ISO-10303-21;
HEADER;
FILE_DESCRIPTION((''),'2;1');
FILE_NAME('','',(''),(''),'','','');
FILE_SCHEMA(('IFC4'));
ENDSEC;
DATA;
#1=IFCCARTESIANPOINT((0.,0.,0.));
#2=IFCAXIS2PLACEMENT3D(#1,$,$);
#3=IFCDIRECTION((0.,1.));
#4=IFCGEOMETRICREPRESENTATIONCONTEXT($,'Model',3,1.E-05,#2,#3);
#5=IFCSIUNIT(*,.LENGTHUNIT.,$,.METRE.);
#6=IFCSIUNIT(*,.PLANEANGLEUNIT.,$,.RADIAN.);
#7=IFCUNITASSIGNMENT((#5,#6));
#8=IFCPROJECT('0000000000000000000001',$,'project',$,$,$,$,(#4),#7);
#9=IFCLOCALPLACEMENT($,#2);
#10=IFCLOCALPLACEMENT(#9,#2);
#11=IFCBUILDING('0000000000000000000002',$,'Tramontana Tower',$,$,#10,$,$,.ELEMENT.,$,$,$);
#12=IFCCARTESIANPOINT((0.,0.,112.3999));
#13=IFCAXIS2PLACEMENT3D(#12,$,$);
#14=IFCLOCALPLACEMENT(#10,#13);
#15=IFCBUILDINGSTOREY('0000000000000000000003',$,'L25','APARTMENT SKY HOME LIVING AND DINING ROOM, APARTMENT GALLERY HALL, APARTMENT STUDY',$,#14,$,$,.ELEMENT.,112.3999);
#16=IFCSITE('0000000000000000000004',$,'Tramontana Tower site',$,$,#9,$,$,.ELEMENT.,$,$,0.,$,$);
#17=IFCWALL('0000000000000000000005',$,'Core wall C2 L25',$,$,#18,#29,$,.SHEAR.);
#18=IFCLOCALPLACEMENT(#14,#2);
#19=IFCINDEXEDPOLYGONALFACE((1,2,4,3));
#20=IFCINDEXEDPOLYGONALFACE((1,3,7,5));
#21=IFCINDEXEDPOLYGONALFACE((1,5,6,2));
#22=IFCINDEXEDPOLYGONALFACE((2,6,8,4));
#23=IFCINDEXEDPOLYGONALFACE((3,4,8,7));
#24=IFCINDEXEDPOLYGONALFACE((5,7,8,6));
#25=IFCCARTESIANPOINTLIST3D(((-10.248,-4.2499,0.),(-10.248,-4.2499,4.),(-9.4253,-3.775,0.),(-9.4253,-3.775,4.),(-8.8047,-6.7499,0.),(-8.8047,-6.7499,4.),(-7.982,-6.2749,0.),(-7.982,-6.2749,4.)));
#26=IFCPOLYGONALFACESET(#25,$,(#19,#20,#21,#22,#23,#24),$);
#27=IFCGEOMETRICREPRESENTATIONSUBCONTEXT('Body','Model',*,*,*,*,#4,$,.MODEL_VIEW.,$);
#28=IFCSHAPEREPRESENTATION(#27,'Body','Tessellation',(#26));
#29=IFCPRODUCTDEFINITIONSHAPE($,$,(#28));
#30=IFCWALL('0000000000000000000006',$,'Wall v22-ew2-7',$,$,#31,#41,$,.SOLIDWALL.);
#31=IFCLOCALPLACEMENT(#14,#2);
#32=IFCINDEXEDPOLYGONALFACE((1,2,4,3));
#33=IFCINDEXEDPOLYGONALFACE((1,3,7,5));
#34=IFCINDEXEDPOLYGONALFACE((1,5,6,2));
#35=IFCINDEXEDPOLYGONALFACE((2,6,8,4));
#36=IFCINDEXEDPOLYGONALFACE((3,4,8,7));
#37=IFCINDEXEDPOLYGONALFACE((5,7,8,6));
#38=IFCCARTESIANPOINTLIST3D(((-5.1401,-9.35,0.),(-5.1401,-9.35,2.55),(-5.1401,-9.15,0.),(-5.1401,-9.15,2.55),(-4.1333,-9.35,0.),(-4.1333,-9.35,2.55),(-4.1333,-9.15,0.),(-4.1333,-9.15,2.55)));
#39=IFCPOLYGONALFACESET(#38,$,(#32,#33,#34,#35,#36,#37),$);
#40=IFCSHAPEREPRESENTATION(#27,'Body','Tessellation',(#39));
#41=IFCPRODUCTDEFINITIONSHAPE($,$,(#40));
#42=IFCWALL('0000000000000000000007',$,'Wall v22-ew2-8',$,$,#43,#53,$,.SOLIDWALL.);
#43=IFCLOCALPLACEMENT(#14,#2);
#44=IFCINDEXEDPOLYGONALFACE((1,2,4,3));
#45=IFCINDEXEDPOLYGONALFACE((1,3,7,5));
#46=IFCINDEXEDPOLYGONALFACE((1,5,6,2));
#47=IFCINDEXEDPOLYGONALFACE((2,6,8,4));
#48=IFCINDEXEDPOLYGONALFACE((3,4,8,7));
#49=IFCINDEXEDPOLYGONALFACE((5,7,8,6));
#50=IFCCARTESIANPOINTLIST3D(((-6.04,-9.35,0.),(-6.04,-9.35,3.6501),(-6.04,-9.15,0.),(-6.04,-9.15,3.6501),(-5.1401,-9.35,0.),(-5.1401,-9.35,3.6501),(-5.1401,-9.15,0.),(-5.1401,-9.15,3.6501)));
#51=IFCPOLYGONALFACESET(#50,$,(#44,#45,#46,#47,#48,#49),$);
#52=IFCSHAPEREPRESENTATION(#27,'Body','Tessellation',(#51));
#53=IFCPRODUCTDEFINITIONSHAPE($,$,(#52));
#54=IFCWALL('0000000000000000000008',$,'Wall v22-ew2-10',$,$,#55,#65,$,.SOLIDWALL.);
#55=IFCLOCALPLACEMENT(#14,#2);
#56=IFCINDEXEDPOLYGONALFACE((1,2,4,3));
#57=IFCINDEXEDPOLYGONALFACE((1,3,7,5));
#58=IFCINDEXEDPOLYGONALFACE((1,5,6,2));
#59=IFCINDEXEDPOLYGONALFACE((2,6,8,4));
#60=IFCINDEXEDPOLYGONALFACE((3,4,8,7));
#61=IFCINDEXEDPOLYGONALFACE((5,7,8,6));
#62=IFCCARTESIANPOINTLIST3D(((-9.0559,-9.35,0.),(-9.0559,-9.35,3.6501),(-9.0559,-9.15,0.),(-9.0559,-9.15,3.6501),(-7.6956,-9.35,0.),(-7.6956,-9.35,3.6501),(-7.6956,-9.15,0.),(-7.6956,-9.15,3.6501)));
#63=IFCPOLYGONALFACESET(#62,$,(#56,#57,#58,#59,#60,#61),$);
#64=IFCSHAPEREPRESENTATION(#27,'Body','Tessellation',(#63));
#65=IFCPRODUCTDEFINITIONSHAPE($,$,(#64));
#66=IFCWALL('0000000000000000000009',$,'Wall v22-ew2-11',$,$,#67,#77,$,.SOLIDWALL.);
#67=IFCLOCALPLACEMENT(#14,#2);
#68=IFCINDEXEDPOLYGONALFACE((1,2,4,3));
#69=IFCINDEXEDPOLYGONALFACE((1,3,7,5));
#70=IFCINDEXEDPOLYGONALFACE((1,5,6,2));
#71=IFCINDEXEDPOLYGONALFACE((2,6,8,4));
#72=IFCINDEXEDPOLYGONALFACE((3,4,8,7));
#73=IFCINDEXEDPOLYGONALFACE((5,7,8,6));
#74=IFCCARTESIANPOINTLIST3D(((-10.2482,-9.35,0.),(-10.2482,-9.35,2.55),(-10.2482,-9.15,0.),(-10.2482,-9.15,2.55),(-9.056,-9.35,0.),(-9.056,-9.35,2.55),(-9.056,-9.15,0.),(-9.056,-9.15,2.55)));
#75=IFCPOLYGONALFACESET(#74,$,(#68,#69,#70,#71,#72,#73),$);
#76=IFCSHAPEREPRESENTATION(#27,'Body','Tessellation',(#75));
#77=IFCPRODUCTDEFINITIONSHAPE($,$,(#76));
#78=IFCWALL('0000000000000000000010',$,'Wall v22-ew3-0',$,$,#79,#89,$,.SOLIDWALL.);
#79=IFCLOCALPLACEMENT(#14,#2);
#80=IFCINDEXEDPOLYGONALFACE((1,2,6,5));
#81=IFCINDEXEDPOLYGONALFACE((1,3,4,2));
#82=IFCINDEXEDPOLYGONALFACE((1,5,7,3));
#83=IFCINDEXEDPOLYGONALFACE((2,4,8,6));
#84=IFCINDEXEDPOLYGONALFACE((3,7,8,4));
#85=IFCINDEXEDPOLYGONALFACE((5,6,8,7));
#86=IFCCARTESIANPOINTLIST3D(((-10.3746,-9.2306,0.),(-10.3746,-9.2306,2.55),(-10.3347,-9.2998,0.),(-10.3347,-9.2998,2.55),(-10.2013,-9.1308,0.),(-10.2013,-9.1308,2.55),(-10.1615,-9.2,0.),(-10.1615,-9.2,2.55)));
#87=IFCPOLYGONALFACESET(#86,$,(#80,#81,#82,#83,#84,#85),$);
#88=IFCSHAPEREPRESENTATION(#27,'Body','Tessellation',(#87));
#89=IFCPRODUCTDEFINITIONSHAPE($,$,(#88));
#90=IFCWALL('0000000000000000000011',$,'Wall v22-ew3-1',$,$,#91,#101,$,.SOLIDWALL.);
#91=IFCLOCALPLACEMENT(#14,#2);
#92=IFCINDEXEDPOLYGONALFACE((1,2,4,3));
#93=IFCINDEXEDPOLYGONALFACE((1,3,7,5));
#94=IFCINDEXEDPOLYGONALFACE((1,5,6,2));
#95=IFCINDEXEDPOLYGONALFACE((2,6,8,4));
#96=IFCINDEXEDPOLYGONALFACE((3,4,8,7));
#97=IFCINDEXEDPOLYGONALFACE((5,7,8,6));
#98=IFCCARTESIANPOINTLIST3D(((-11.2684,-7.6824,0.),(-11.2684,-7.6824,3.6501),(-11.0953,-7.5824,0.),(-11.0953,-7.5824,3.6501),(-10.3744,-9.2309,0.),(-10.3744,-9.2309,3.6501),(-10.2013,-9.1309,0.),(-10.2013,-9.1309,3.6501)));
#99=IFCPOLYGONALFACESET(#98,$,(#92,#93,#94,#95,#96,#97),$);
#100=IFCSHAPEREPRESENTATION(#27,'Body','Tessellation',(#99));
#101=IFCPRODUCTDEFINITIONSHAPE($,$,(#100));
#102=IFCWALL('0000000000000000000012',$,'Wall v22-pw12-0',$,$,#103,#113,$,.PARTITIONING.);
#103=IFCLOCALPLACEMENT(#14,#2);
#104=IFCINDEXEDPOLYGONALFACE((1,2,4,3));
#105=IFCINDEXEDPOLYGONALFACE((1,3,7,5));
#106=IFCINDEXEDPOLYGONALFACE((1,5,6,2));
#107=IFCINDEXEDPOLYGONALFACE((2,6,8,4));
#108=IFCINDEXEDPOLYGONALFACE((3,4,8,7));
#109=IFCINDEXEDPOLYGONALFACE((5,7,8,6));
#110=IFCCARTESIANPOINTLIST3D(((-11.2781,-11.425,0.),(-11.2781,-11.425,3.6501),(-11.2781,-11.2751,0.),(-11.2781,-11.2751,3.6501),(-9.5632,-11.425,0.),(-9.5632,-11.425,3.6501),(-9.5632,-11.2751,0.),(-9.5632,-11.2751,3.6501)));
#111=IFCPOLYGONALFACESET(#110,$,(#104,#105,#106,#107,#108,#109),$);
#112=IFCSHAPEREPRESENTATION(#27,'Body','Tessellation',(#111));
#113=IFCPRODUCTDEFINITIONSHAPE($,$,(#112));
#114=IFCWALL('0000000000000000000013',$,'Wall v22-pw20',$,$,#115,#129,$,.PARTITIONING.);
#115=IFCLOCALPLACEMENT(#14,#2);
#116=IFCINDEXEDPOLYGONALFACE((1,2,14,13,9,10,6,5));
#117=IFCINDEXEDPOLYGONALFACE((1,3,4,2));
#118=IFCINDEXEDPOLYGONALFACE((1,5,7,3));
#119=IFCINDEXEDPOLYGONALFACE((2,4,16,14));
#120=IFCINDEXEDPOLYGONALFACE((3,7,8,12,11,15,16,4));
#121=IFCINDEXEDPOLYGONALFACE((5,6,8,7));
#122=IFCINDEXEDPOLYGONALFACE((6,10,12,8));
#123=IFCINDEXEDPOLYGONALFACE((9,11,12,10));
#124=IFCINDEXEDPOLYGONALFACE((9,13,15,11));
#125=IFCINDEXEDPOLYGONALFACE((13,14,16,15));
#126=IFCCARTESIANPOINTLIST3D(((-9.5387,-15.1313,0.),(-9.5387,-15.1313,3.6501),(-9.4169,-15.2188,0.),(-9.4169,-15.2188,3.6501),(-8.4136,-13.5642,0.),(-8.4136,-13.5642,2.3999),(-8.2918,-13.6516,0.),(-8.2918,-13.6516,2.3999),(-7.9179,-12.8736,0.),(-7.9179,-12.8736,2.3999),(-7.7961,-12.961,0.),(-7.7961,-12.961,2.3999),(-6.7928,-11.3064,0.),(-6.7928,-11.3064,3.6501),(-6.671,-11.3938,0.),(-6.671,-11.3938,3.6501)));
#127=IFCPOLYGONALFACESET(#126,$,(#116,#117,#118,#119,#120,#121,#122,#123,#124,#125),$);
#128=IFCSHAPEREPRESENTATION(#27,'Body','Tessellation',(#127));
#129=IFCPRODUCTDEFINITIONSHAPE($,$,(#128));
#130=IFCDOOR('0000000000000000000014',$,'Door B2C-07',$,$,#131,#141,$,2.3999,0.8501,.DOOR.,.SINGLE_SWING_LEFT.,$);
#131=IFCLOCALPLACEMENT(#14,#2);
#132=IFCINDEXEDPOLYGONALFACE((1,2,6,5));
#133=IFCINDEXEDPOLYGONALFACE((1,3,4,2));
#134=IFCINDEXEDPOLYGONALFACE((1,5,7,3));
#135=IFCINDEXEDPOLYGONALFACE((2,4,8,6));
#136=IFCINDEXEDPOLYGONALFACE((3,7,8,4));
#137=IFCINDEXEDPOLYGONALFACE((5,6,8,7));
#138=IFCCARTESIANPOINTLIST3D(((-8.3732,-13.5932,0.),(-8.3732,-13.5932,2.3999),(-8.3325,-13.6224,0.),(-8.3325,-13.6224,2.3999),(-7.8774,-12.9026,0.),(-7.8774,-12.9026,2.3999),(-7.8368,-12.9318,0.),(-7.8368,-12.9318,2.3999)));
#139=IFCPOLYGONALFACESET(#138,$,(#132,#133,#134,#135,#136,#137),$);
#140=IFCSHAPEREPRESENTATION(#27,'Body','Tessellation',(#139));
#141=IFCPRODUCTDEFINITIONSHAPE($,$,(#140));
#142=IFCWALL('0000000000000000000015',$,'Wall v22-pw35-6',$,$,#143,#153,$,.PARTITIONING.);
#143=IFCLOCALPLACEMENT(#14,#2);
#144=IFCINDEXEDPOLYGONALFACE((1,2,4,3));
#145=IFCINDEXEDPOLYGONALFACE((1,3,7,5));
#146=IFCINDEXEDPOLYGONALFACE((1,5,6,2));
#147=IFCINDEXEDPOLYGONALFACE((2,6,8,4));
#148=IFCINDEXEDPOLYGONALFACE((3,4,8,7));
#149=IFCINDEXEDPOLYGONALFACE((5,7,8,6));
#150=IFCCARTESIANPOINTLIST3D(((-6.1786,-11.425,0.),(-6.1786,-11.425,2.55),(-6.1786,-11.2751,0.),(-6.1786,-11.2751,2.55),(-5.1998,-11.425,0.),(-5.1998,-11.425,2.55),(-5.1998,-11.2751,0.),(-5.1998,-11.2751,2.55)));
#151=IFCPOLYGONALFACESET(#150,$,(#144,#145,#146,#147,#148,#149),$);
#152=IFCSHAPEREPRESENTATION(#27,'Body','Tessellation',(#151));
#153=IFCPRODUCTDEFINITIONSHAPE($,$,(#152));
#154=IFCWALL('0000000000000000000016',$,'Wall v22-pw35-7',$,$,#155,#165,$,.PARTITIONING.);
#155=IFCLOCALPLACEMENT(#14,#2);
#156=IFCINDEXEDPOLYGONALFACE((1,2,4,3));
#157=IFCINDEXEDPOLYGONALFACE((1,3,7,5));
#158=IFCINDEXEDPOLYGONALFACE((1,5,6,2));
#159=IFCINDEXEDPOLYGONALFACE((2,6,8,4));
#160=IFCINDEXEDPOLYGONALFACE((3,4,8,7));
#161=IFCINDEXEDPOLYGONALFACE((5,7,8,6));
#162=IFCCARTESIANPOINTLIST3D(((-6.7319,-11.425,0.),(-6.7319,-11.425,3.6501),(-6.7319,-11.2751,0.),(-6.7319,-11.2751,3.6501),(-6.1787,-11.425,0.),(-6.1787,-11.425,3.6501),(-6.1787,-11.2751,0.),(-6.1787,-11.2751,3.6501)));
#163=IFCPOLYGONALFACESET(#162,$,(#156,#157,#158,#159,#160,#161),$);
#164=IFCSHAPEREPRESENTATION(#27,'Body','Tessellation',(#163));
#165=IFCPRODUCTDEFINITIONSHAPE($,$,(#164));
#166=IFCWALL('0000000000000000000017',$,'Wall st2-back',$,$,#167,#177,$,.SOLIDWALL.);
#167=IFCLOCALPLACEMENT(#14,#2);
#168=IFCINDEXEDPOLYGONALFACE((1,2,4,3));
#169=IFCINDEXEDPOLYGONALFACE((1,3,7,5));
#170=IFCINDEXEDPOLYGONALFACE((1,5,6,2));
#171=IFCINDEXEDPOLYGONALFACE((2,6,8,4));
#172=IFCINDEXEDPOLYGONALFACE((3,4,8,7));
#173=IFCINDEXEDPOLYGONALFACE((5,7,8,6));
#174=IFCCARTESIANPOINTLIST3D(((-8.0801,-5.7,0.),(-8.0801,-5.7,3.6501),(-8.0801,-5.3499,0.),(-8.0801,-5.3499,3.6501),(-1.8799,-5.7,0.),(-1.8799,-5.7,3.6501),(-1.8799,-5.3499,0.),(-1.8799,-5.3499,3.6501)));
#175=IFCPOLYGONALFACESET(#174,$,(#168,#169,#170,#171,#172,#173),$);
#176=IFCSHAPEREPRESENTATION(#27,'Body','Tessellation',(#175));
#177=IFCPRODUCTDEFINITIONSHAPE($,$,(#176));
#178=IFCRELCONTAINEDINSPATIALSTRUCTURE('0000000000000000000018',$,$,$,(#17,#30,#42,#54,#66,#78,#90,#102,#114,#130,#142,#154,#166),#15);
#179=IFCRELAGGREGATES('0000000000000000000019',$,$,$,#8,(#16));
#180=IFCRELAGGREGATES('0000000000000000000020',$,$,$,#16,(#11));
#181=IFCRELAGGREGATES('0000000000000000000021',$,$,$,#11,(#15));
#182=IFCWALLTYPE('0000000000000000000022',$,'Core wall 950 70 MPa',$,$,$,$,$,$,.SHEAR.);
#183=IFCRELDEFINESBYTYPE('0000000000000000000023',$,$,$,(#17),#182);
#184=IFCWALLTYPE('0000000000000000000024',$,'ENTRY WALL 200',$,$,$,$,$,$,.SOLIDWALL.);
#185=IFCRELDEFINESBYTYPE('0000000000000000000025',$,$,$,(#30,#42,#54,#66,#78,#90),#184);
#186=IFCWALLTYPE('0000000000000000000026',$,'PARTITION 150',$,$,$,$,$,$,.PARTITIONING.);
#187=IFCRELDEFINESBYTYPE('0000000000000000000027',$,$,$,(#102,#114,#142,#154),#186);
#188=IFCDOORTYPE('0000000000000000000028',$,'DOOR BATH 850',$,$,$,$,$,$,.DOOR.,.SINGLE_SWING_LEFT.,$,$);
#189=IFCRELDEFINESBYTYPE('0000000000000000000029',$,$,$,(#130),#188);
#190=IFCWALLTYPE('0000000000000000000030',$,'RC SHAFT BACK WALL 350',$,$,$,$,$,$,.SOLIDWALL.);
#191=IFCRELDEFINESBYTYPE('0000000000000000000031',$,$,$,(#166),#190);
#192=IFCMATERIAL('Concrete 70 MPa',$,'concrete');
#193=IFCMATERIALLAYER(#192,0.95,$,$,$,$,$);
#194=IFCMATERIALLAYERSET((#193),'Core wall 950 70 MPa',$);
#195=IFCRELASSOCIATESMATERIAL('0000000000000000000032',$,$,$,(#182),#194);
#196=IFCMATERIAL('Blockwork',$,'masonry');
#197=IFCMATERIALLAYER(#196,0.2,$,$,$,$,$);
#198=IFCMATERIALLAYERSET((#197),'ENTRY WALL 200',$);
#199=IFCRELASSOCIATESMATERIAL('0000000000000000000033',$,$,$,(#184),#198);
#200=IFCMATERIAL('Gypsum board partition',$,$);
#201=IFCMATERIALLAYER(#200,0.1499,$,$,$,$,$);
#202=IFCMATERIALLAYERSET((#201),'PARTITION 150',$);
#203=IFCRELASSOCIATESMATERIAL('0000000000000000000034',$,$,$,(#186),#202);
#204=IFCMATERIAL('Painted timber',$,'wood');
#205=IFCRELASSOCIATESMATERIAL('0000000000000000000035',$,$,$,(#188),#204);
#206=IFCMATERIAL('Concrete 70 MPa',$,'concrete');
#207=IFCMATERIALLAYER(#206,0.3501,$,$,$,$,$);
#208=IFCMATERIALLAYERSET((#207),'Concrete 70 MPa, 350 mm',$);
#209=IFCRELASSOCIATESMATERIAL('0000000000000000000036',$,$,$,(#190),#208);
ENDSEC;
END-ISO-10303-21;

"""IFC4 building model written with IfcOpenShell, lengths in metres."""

from ifc_helpers import new_model, si_unit, direction, frame, frame_2d, origin, place, context, subcontext, project, spatial, rectangle, extrude, material, layer, layer_set, type_object, element, fill, save


model = new_model("IFC4")

# Units and contexts
model_context = context("Model", 3, precision=1e-05, world=origin(), true_north=direction((0.0, 1.0)))
body_context = subcontext(model_context, "Body", "Model", "MODEL_VIEW")
ifc_project = project(units=[si_unit("LENGTHUNIT", "METRE"), si_unit("PLANEANGLEUNIT", "RADIAN")], contexts=[model_context])

# Site, building, storey
site_placement = place(None, origin())
site = spatial("IfcSite", under=ifc_project, at=site_placement, Name="Tramontana Tower site", CompositionType="ELEMENT", RefElevation=0.0)
building_placement = place(site_placement, origin())
building = spatial("IfcBuilding", under=site, at=building_placement, Name="Tramontana Tower", CompositionType="ELEMENT")
storey_placement = place(building_placement, frame((0.0, 0.0, 112.3999)))
storey = spatial("IfcBuildingStorey", under=building, at=storey_placement, Name="L25", Description="APARTMENT SKY HOME LIVING AND DINING ROOM, APARTMENT GALLERY HALL, APARTMENT STUDY", CompositionType="ELEMENT", Elevation=112.3999)

# Wall
ifc_material_1 = material(Name="Concrete 70 MPa", Category="concrete")
ifc_layer_1 = layer(ifc_material_1, 0.95)
ifc_layer_set_1 = layer_set([ifc_layer_1], Name="Core wall 950 70 MPa")
wall_type_1 = type_object("IfcWallType", Name="Core wall 950 70 MPa", PredefinedType="SHEAR", material=ifc_layer_set_1)
wall_1_placement = place(storey_placement, frame((-9.8367, -4.0125, 0.0), z_axis=(0.0, 0.0, 1.0), x_axis=(0.499996, -0.866028, 0.0)))
element("IfcWall", 1, at=wall_1_placement, inside=storey, type_object=wall_type_1, Name="Core wall C2 L25", PredefinedType="SHEAR", context=body_context, shape_type="SweptSolid", body=[
    extrude(rectangle(XDim=2.8867, YDim=0.95, at=frame_2d((1.4434, 0.0))), origin(), (0.0, 0.0, 1.0), 4.0),
])

# Walls
ifc_material_2 = material(Name="Blockwork", Category="masonry")
ifc_layer_2 = layer(ifc_material_2, 0.2)
ifc_layer_set_2 = layer_set([ifc_layer_2], Name="ENTRY WALL 200")
wall_type_2 = type_object("IfcWallType", Name="ENTRY WALL 200", PredefinedType="SOLIDWALL", material=ifc_layer_set_2)
wall_2_placement = place(storey_placement, frame((-4.1333, -9.25, 0.0), z_axis=(0.0, 0.0, 1.0), x_axis=(-1.0, 0.0, 0.0)))
element("IfcWall", 2, at=wall_2_placement, inside=storey, type_object=wall_type_2, Name="Wall v22-ew2-7", PredefinedType="SOLIDWALL", context=body_context, shape_type="SweptSolid", body=[
    extrude(rectangle(XDim=1.0068, YDim=0.2, at=frame_2d((0.5034, 0.0))), origin(), (0.0, 0.0, 1.0), 2.55),
])
wall_3_placement = place(storey_placement, frame((-5.1401, -9.25, 0.0), z_axis=(0.0, 0.0, 1.0), x_axis=(-1.0, 0.0, 0.0)))
element("IfcWall", 3, at=wall_3_placement, inside=storey, type_object=wall_type_2, Name="Wall v22-ew2-8", PredefinedType="SOLIDWALL", context=body_context, shape_type="SweptSolid", body=[
    extrude(rectangle(XDim=0.8999, YDim=0.2, at=frame_2d((0.45, 0.0))), origin(), (0.0, 0.0, 1.0), 3.6501),
])

# Walls
wall_4_placement = place(storey_placement, frame((-7.6956, -9.25, 0.0), z_axis=(0.0, 0.0, 1.0), x_axis=(-1.0, 0.0, 0.0)))
element("IfcWall", 4, at=wall_4_placement, inside=storey, type_object=wall_type_2, Name="Wall v22-ew2-10", PredefinedType="SOLIDWALL", context=body_context, shape_type="SweptSolid", body=[
    extrude(rectangle(XDim=1.3604, YDim=0.2, at=frame_2d((0.6802, 0.0))), origin(), (0.0, 0.0, 1.0), 3.6501),
])
wall_5_placement = place(storey_placement, frame((-9.0559, -9.25, 0.0), z_axis=(0.0, 0.0, 1.0), x_axis=(-1.0, 0.0, 0.0)))
element("IfcWall", 5, at=wall_5_placement, inside=storey, type_object=wall_type_2, Name="Wall v22-ew2-11", PredefinedType="SOLIDWALL", context=body_context, shape_type="SweptSolid", body=[
    extrude(rectangle(XDim=1.1921, YDim=0.2, at=frame_2d((0.5962, 0.0))), origin(), (0.0, 0.0, 1.0), 2.55),
])
wall_6_placement = place(storey_placement, frame((-10.248, -9.25, 0.0), z_axis=(0.0, 0.0, 1.0), x_axis=(-0.499104, 0.866542, 0.0)))
element("IfcWall", 6, at=wall_6_placement, inside=storey, type_object=wall_type_2, Name="Wall v22-ew3-0", PredefinedType="SOLIDWALL", context=body_context, shape_type="SweptSolid", body=[
    extrude(rectangle(XDim=0.0798, YDim=0.2, at=frame_2d((0.04, 0.0))), origin(), (0.0, 0.0, 1.0), 2.55),
])
wall_7_placement = place(storey_placement, frame((-10.2878, -9.1809, 0.0), z_axis=(0.0, 0.0, 1.0), x_axis=(-0.499986, 0.866033, 0.0)))
element("IfcWall", 7, at=wall_7_placement, inside=storey, type_object=wall_type_2, Name="Wall v22-ew3-1", PredefinedType="SOLIDWALL", context=body_context, shape_type="SweptSolid", body=[
    extrude(rectangle(XDim=1.7881, YDim=0.2, at=frame_2d((0.894, 0.0))), origin(), (0.0, 0.0, 1.0), 3.6501),
])
ifc_material_3 = material(Name="Gypsum board partition")
ifc_layer_3 = layer(ifc_material_3, 0.1499)
ifc_layer_set_3 = layer_set([ifc_layer_3], Name="PARTITION 150")
wall_type_3 = type_object("IfcWallType", Name="PARTITION 150", PredefinedType="PARTITIONING", material=ifc_layer_set_3)
wall_8_placement = place(storey_placement, frame((-9.5632, -11.3501, 0.0), z_axis=(0.0, 0.0, 1.0), x_axis=(-1.0, 0.0, 0.0)))
element("IfcWall", 8, at=wall_8_placement, inside=storey, type_object=wall_type_3, Name="Wall v22-pw12-0", PredefinedType="PARTITIONING", context=body_context, shape_type="SweptSolid", body=[
    extrude(rectangle(XDim=1.7148, YDim=0.1499, at=frame_2d((0.8574, 0.0))), origin(), (0.0, 0.0, 1.0), 3.6501),
])

# Wall, opening, door
wall_9_placement = place(storey_placement, frame((-6.7319, -11.3501, 0.0), z_axis=(0.0, 0.0, 1.0), x_axis=(-0.583169, -0.812351, 0.0)))
wall_9 = element("IfcWall", 9, at=wall_9_placement, inside=storey, type_object=wall_type_3, Name="Wall v22-pw20", PredefinedType="PARTITIONING", context=body_context, shape_type="SweptSolid", body=[
    extrude(rectangle(XDim=4.7085, YDim=0.1499, at=frame_2d((2.3542, 0.0))), origin(), (0.0, 0.0, 1.0), 3.6501),
])
opening_1_placement = place(wall_9_placement, frame((1.9292, 0.0, 0.0)))
opening_1 = element("IfcOpeningElement", 10, at=opening_1_placement, cuts=wall_9, PredefinedType="OPENING", context=body_context, shape_type="SweptSolid", body=[
    extrude(rectangle(XDim=0.8501, YDim=2.3999, at=frame_2d((0.425, 1.2))), frame((0.0, 0.085, 0.0), z_axis=(0.0, -1.0, 0.0), x_axis=(1.0, 0.0, 0.0)), (0.0, 0.0, 1.0), 0.1699),
])
ifc_material_4 = material(Name="Painted timber", Category="wood")
door_type_1 = type_object("IfcDoorType", Name="DOOR BATH 850", OperationType="SINGLE_SWING_LEFT", PredefinedType="DOOR", material=ifc_material_4)
door_1_placement = place(opening_1_placement, origin())
door_1 = element("IfcDoor", 11, at=door_1_placement, inside=storey, type_object=door_type_1, Name="Door B2C-07", OperationType="SINGLE_SWING_LEFT", OverallHeight=2.3999, OverallWidth=0.8501, PredefinedType="DOOR", context=body_context, shape_type="SweptSolid", body=[
    extrude(rectangle(XDim=0.8501, YDim=2.3999, at=frame_2d((0.425, 1.2))), frame((0.0, 0.0249, 0.0), z_axis=(0.0, -1.0, 0.0), x_axis=(1.0, 0.0, 0.0)), (0.0, 0.0, 1.0), 0.05),
])
fill(opening_1, door_1)

# Walls
wall_10_placement = place(storey_placement, frame((-5.2, -11.3501, 0.0), z_axis=(0.0, 0.0, 1.0), x_axis=(-1.0, 0.0, 0.0)))
element("IfcWall", 12, at=wall_10_placement, inside=storey, type_object=wall_type_3, Name="Wall v22-pw35-6", PredefinedType="PARTITIONING", context=body_context, shape_type="SweptSolid", body=[
    extrude(rectangle(XDim=0.9788, YDim=0.1499, at=frame_2d((0.4893, 0.0))), origin(), (0.0, 0.0, 1.0), 2.55),
])
wall_11_placement = place(storey_placement, frame((-6.1787, -11.3501, 0.0), z_axis=(0.0, 0.0, 1.0), x_axis=(-1.0, 0.0, 0.0)))
element("IfcWall", 13, at=wall_11_placement, inside=storey, type_object=wall_type_3, Name="Wall v22-pw35-7", PredefinedType="PARTITIONING", context=body_context, shape_type="SweptSolid", body=[
    extrude(rectangle(XDim=0.5532, YDim=0.1499, at=frame_2d((0.2766, 0.0))), origin(), (0.0, 0.0, 1.0), 3.6501),
])
ifc_material_5 = material(Name="Concrete 70 MPa", Category="concrete")
ifc_layer_4 = layer(ifc_material_5, 0.3501)
ifc_layer_set_4 = layer_set([ifc_layer_4], Name="Concrete 70 MPa, 350 mm")
wall_type_4 = type_object("IfcWallType", Name="RC SHAFT BACK WALL 350", PredefinedType="SOLIDWALL", material=ifc_layer_set_4)
wall_12_placement = place(storey_placement, frame((-8.0801, -5.5249, 0.0), z_axis=(0.0, 0.0, 1.0), x_axis=(1.0, 0.0, 0.0)))
element("IfcWall", 14, at=wall_12_placement, inside=storey, type_object=wall_type_4, Name="Wall st2-back", PredefinedType="SOLIDWALL", context=body_context, shape_type="SweptSolid", body=[
    extrude(rectangle(XDim=6.2002, YDim=0.3501, at=frame_2d((3.1001, 0.0))), origin(), (0.0, 0.0, 1.0), 3.6501),
])

save(model, "model.ifc")
